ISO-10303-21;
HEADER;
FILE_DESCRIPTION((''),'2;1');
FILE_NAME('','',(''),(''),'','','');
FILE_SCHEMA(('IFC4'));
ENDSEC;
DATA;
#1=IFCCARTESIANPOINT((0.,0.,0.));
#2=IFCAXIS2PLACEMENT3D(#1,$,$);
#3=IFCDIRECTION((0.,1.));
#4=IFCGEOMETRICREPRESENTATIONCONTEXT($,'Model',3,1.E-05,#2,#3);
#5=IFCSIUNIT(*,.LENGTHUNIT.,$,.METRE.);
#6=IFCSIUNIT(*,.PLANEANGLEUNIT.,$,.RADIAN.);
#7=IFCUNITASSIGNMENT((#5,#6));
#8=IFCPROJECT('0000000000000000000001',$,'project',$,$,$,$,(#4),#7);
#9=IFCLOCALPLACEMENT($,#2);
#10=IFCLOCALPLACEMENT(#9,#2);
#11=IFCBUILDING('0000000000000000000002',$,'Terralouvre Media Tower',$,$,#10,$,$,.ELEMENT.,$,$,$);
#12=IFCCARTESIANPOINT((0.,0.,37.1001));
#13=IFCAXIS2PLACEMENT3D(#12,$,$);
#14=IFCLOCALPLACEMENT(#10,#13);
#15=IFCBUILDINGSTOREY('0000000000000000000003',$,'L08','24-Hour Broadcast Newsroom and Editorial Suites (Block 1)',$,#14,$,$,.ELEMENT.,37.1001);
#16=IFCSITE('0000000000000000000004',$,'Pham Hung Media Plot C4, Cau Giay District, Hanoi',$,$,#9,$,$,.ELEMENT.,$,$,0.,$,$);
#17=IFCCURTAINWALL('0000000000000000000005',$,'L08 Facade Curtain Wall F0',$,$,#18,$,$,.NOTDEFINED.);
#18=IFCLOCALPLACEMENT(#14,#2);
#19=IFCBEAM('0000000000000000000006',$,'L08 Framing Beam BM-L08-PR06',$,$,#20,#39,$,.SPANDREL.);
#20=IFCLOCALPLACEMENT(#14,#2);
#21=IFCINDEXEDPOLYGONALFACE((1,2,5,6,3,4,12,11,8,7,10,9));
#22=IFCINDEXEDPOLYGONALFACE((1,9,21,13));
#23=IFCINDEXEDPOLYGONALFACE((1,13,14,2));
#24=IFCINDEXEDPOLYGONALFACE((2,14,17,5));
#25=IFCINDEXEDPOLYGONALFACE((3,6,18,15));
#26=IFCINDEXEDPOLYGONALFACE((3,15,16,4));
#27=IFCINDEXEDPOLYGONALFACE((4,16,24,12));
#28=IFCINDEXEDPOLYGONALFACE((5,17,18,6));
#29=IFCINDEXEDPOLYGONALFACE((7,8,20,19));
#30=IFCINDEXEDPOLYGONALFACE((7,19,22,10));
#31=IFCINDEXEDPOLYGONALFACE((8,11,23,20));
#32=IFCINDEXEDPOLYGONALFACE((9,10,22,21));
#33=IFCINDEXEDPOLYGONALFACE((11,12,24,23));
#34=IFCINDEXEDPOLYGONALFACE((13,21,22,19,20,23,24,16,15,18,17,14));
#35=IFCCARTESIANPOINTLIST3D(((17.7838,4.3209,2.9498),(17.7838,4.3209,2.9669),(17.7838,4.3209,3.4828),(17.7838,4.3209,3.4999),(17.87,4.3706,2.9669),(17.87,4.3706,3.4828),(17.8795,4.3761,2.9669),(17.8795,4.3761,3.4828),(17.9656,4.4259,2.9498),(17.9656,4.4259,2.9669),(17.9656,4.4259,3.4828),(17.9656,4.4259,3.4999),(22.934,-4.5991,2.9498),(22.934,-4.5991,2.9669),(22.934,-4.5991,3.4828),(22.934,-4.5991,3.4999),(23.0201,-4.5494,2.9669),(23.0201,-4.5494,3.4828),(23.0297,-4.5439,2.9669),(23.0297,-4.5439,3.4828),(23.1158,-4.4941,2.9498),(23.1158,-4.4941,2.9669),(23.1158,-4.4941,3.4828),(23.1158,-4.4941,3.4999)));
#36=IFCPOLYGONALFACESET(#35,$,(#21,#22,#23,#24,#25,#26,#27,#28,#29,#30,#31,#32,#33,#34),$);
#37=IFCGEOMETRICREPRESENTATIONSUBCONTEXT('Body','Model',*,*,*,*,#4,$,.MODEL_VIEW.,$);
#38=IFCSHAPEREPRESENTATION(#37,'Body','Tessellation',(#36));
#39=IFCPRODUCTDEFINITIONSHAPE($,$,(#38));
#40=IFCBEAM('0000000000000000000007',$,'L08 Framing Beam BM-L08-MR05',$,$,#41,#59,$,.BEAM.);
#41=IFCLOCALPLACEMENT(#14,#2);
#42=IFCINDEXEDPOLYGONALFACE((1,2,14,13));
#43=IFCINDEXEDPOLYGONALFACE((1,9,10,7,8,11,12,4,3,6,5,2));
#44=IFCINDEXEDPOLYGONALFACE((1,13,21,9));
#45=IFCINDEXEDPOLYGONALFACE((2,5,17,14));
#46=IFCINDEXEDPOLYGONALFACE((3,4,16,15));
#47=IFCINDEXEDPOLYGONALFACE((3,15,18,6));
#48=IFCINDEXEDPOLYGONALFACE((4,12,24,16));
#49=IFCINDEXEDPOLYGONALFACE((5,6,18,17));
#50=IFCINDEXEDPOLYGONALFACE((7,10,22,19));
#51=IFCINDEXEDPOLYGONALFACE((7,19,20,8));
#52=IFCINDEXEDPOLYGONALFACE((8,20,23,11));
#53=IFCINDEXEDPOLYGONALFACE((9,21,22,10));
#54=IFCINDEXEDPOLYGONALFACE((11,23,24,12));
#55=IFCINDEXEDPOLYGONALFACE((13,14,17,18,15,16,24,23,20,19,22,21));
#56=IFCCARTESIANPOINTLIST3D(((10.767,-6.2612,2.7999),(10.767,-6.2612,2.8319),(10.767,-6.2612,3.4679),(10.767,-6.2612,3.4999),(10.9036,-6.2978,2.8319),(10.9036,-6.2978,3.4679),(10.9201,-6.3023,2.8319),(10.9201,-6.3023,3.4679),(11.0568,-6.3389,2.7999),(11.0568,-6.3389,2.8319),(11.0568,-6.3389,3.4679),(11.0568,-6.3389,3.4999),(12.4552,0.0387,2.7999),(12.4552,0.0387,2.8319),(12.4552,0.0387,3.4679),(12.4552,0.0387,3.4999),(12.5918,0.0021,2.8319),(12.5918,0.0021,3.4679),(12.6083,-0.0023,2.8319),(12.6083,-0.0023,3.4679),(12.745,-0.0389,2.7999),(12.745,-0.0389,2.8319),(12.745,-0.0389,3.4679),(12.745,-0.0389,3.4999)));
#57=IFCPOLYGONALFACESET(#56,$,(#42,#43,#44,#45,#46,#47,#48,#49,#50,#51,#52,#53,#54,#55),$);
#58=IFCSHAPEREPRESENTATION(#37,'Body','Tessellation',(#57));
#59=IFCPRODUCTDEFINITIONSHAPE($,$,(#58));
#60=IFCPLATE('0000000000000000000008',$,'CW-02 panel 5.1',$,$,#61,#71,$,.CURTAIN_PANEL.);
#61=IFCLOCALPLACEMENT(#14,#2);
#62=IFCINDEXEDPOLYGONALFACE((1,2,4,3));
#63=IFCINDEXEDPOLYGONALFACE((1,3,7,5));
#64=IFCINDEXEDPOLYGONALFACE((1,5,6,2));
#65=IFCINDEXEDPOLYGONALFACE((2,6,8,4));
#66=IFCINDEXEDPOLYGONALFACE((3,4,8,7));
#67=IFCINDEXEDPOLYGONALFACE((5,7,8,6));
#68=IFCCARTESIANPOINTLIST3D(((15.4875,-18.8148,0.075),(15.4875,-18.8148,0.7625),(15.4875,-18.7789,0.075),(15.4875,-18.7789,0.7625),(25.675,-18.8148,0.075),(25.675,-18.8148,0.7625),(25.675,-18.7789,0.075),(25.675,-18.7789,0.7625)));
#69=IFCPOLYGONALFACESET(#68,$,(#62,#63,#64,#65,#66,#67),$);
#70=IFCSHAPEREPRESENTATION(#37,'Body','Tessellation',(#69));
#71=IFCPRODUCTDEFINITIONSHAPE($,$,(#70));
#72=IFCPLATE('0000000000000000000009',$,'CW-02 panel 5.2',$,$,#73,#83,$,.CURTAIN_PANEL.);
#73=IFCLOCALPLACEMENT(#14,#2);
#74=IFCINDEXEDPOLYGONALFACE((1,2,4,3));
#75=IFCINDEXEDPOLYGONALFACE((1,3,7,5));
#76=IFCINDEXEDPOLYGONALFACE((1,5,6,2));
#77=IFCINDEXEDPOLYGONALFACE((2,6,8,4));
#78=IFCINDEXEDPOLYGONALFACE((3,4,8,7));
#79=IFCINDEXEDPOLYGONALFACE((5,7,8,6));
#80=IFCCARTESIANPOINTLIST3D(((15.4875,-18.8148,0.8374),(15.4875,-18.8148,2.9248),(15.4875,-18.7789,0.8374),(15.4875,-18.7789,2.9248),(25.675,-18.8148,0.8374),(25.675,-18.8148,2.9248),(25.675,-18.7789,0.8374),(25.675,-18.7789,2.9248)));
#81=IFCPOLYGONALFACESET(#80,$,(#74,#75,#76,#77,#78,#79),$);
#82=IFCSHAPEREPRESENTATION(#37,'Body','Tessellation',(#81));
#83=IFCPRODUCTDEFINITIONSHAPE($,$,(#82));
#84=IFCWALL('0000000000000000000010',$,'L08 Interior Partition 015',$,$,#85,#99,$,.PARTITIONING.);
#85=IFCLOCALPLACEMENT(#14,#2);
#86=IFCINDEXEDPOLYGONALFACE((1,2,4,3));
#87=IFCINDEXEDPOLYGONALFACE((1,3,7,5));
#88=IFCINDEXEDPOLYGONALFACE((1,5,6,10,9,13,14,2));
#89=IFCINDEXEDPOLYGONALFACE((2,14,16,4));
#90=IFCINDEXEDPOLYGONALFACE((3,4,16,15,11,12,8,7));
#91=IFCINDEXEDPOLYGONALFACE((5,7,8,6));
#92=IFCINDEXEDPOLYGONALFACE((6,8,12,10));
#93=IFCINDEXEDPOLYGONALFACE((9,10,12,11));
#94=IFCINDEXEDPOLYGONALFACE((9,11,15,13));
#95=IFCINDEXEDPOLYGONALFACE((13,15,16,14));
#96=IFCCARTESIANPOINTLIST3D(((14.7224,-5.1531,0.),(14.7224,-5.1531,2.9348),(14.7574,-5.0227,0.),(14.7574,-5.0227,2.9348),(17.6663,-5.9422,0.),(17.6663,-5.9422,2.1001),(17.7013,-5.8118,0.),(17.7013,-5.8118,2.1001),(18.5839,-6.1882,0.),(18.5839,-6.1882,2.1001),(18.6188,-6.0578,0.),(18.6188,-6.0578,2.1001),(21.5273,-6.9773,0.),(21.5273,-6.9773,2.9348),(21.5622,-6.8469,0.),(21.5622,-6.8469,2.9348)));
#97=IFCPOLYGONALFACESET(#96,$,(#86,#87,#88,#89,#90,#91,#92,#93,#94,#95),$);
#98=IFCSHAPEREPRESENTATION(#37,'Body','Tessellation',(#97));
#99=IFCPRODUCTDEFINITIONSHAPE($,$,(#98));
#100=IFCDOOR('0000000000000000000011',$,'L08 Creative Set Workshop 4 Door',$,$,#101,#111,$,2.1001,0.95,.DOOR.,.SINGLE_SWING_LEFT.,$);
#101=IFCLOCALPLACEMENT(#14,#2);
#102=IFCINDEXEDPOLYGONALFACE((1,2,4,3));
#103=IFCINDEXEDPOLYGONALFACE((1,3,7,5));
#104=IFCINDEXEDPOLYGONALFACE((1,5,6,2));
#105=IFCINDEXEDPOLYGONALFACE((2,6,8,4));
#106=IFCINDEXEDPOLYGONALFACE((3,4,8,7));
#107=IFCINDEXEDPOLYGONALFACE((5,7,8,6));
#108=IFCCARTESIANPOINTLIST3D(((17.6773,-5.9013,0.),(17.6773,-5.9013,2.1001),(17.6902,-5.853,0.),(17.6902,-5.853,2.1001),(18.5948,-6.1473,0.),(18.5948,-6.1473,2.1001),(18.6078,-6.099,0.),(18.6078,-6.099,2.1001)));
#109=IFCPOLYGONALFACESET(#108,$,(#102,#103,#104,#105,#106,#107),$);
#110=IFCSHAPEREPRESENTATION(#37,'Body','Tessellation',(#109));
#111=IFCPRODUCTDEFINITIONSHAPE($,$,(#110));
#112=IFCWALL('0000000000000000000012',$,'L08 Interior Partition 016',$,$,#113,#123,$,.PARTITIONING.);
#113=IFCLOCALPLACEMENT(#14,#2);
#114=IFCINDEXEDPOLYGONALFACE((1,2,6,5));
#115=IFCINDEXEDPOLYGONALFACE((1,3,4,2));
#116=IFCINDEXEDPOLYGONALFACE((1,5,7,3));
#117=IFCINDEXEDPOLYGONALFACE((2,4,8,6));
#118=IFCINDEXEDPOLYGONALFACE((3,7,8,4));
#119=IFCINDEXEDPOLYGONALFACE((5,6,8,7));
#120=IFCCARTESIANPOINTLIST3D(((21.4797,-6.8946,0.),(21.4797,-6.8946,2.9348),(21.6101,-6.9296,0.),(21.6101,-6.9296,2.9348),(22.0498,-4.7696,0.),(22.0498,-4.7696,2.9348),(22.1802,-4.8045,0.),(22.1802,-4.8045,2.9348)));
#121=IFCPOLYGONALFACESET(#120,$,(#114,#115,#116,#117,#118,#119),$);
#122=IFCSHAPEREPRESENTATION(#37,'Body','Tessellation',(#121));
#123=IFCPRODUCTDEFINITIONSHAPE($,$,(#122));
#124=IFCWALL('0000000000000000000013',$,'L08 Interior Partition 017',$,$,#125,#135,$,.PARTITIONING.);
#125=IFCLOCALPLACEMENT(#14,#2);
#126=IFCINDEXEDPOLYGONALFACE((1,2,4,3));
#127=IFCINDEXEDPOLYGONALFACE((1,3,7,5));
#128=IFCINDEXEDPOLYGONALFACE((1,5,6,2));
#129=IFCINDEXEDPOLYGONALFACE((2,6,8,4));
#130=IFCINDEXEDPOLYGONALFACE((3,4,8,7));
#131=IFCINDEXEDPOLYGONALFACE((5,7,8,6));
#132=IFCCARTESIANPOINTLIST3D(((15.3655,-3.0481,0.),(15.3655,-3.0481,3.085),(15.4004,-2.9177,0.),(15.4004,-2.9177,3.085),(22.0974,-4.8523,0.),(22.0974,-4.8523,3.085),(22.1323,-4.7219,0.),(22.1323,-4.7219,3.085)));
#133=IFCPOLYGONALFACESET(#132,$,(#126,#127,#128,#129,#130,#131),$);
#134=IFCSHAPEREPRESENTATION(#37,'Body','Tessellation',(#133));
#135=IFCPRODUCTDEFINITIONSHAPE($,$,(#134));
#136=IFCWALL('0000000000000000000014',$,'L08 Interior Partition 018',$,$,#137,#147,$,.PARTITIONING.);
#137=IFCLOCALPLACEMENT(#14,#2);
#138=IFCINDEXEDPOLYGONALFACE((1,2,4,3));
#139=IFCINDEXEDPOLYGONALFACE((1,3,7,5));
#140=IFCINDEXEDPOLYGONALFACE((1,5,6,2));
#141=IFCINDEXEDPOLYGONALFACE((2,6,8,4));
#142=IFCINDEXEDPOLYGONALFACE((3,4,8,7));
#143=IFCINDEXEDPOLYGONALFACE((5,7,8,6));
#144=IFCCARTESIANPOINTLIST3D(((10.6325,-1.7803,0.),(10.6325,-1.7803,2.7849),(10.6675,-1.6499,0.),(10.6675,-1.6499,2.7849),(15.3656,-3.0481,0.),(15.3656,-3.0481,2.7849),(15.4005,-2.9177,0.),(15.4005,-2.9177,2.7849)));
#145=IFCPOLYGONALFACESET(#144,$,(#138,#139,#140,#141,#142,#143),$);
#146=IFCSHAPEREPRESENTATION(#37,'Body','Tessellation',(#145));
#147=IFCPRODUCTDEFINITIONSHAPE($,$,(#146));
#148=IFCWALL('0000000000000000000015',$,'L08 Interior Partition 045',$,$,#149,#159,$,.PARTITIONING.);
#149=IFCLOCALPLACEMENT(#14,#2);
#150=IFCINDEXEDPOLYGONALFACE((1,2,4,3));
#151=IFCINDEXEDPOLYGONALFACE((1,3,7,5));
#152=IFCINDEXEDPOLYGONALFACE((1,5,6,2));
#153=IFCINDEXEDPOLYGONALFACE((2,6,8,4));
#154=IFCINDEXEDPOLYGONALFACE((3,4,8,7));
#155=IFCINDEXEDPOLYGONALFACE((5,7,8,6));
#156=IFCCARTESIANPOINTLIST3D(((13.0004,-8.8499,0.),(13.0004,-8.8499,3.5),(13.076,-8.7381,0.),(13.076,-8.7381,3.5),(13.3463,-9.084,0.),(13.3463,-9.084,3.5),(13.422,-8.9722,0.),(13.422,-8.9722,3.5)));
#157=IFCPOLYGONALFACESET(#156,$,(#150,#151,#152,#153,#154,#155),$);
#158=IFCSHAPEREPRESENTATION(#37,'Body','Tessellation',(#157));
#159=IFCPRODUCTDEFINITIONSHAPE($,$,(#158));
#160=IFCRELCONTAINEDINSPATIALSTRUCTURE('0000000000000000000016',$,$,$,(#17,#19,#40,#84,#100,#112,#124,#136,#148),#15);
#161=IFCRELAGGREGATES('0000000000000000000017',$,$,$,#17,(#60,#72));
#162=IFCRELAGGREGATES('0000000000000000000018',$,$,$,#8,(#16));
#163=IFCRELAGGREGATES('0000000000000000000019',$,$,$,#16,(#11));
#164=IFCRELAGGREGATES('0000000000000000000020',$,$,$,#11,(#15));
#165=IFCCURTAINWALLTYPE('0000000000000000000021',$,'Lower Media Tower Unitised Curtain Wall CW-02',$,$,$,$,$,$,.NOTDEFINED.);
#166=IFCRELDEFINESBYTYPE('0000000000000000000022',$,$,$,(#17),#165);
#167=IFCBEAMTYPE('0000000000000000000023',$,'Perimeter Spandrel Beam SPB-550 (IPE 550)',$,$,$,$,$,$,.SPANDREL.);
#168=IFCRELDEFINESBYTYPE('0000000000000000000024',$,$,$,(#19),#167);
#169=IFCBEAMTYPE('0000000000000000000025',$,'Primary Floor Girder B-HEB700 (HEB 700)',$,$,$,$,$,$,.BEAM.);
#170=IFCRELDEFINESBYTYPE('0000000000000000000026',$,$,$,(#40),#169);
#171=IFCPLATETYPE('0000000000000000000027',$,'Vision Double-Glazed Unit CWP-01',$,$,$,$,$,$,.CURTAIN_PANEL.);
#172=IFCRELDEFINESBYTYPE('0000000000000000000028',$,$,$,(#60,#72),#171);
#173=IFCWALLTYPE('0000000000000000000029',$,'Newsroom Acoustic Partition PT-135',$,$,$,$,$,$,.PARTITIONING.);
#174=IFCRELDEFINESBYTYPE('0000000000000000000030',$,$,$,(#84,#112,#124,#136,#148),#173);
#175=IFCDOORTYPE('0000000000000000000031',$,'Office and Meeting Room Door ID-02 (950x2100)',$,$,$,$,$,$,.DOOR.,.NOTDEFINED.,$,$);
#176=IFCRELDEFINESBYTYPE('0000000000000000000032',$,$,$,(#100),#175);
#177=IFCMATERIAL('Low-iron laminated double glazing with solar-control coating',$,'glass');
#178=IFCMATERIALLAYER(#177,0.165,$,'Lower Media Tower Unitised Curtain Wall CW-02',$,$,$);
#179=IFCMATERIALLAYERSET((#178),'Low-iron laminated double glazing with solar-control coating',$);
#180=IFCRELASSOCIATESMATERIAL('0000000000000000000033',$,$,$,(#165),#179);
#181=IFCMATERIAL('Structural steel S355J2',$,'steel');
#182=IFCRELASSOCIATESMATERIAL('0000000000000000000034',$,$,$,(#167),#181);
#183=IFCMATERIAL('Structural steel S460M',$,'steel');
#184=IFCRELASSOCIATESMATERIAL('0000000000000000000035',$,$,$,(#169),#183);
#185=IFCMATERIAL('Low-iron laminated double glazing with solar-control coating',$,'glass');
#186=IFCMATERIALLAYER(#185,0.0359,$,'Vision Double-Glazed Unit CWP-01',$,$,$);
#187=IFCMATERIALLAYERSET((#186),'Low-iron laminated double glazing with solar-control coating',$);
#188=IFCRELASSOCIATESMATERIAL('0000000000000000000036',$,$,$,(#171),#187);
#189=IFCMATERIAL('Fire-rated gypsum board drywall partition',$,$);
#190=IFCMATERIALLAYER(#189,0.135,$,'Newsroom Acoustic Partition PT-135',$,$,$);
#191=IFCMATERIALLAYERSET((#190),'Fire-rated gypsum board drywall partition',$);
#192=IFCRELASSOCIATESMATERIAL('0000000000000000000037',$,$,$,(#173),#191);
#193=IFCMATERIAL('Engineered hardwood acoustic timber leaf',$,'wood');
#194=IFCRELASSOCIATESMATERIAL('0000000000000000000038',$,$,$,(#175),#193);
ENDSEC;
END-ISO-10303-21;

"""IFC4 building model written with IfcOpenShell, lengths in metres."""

from ifc_helpers import new_model, si_unit, direction, frame, frame_2d, origin, origin_2d, place, context, subcontext, project, spatial, rectangle, i_section, extrude, material, layer, layer_set, material_profile, profile_set, type_object, element, fill, aggregate, save


model = new_model("IFC4")

# Units and contexts
model_context = context("Model", 3, precision=1e-05, world=origin(), true_north=direction((0.0, 1.0)))
body_context = subcontext(model_context, "Body", "Model", "MODEL_VIEW")
ifc_project = project(units=[si_unit("LENGTHUNIT", "METRE"), si_unit("PLANEANGLEUNIT", "RADIAN")], contexts=[model_context])

# Site, building, storey
site_placement = place(None, origin())
site = spatial("IfcSite", under=ifc_project, at=site_placement, Name="Pham Hung Media Plot C4, Cau Giay District, Hanoi", CompositionType="ELEMENT", RefElevation=0.0)
building_placement = place(site_placement, origin())
building = spatial("IfcBuilding", under=site, at=building_placement, Name="Terralouvre Media Tower", CompositionType="ELEMENT")
storey_placement = place(building_placement, frame((0.0, 0.0, 37.1001)))
storey = spatial("IfcBuildingStorey", under=building, at=storey_placement, Name="L08", Description="24-Hour Broadcast Newsroom and Editorial Suites (Block 1)", CompositionType="ELEMENT", Elevation=37.1001)

# Curtain wall
ifc_material_1 = material(Name="Low-iron laminated double glazing with solar-control coating", Category="glass")
ifc_layer_1 = layer(ifc_material_1, 0.165, Name="Lower Media Tower Unitised Curtain Wall CW-02")
ifc_layer_set_1 = layer_set([ifc_layer_1], Name="Low-iron laminated double glazing with solar-control coating")
curtain_wall_type = type_object("IfcCurtainWallType", Name="Lower Media Tower Unitised Curtain Wall CW-02", PredefinedType="NOTDEFINED", material=ifc_layer_set_1)
curtain_wall_1_placement = place(storey_placement, origin())
curtain_wall_1 = element("IfcCurtainWall", 1, at=curtain_wall_1_placement, inside=storey, type_object=curtain_wall_type, Name="L08 Facade Curtain Wall F0", PredefinedType="NOTDEFINED")

# Beams
ifc_material_2 = material(Name="Structural steel S355J2", Category="steel")
ifc_material_profile_1 = material_profile(ifc_material_2, i_section(OverallWidth=0.21, OverallDepth=0.55, WebThickness=0.011, FlangeThickness=0.0171, at=origin_2d()), Name="IPE 550")
ifc_profile_set_1 = profile_set([ifc_material_profile_1], Name="Structural steel S355J2")
beam_type_1 = type_object("IfcBeamType", Name="Perimeter Spandrel Beam SPB-550 (IPE 550)", PredefinedType="SPANDREL", material=ifc_profile_set_1)
beam_1_placement = place(storey_placement, frame((23.0249, -4.5466, 3.2249), z_axis=(-0.500017, 0.866016, 0.0), x_axis=(-0.866016, -0.500017, 0.0)))
element("IfcBeam", 2, at=beam_1_placement, inside=storey, type_object=beam_type_1, Name="L08 Framing Beam BM-L08-PR06", PredefinedType="SPANDREL", context=body_context, shape_type="SweptSolid", body=[
    extrude(i_section(OverallWidth=0.21, OverallDepth=0.55, WebThickness=0.011, FlangeThickness=0.0171, at=origin_2d()), origin(), (0.0, 0.0, 1.0), 10.3),
])
ifc_material_3 = material(Name="Structural steel S460M", Category="steel")
ifc_material_profile_2 = material_profile(ifc_material_3, i_section(OverallWidth=0.3, OverallDepth=0.7, WebThickness=0.0171, FlangeThickness=0.032, at=origin_2d()), Name="HEB 700")
ifc_profile_set_2 = profile_set([ifc_material_profile_2], Name="Structural steel S460M")
beam_type_2 = type_object("IfcBeamType", Name="Primary Floor Girder B-HEB700 (HEB 700)", PredefinedType="BEAM", material=ifc_profile_set_2)
beam_2_placement = place(storey_placement, frame((10.9119, -6.3, 3.1499), z_axis=(0.258839, 0.96592, 0.0), x_axis=(-0.96592, 0.258839, 0.0)))
element("IfcBeam", 3, at=beam_2_placement, inside=storey, type_object=beam_type_2, Name="L08 Framing Beam BM-L08-MR05", PredefinedType="BEAM", context=body_context, shape_type="SweptSolid", body=[
    extrude(i_section(OverallWidth=0.3, OverallDepth=0.7, WebThickness=0.0171, FlangeThickness=0.032, at=origin_2d()), origin(), (0.0, 0.0, 1.0), 6.5222),
])

# Plates
ifc_material_4 = material(Name="Low-iron laminated double glazing with solar-control coating", Category="glass")
ifc_layer_2 = layer(ifc_material_4, 0.0359, Name="Vision Double-Glazed Unit CWP-01")
ifc_layer_set_2 = layer_set([ifc_layer_2], Name="Low-iron laminated double glazing with solar-control coating")
plate_type = type_object("IfcPlateType", Name="Vision Double-Glazed Unit CWP-01", PredefinedType="CURTAIN_PANEL", material=ifc_layer_set_2)
plate_1_placement = place(storey_placement, frame((20.5813, -18.7969, 0.075), z_axis=(0.0, 0.0, 1.0), x_axis=(1.0, 0.0, 0.0)))
plate_1 = element("IfcPlate", 4, at=plate_1_placement, type_object=plate_type, Name="CW-02 panel 5.1", PredefinedType="CURTAIN_PANEL", context=body_context, shape_type="SweptSolid", body=[
    extrude(rectangle(XDim=10.1875, YDim=0.0359, at=origin_2d()), origin(), (0.0, 0.0, 1.0), 0.6875),
])
plate_2_placement = place(storey_placement, frame((20.5813, -18.7969, 0.8374), z_axis=(0.0, 0.0, 1.0), x_axis=(1.0, 0.0, 0.0)))
plate_2 = element("IfcPlate", 5, at=plate_2_placement, type_object=plate_type, Name="CW-02 panel 5.2", PredefinedType="CURTAIN_PANEL", context=body_context, shape_type="SweptSolid", body=[
    extrude(rectangle(XDim=10.1875, YDim=0.0359, at=origin_2d()), origin(), (0.0, 0.0, 1.0), 2.0874),
])
aggregate(curtain_wall_1, [plate_1, plate_2])

# Wall, opening, door
ifc_material_5 = material(Name="Fire-rated gypsum board drywall partition")
ifc_layer_3 = layer(ifc_material_5, 0.135, Name="Newsroom Acoustic Partition PT-135")
ifc_layer_set_3 = layer_set([ifc_layer_3], Name="Fire-rated gypsum board drywall partition")
wall_type_1 = type_object("IfcWallType", Name="Newsroom Acoustic Partition PT-135", PredefinedType="PARTITIONING", material=ifc_layer_set_3)
wall_1_placement = place(storey_placement, frame((14.74, -5.0879, 0.0), z_axis=(0.0, 0.0, 1.0), x_axis=(0.965896, -0.258931, 0.0)))
wall_1 = element("IfcWall", 6, at=wall_1_placement, inside=storey, type_object=wall_type_1, Name="L08 Interior Partition 015", PredefinedType="PARTITIONING", context=body_context, shape_type="SweptSolid", body=[
    extrude(rectangle(XDim=7.0452, YDim=0.135, at=frame_2d((3.5225, 0.0))), origin(), (0.0, 0.0, 1.0), 2.9348),
])
opening_1_placement = place(wall_1_placement, frame((3.0476, 0.0, 0.0)))
opening_1 = element("IfcOpeningElement", 7, at=opening_1_placement, cuts=wall_1, PredefinedType="OPENING", context=body_context, shape_type="SweptSolid", body=[
    extrude(rectangle(XDim=0.95, YDim=2.1001, at=frame_2d((0.4751, 1.05))), frame((0.0, 0.0774, 0.0), z_axis=(0.0, -1.0, 0.0), x_axis=(1.0, 0.0, 0.0)), (0.0, 0.0, 1.0), 0.155),
])
ifc_material_6 = material(Name="Engineered hardwood acoustic timber leaf", Category="wood")
door_type_1 = type_object("IfcDoorType", Name="Office and Meeting Room Door ID-02 (950x2100)", OperationType="NOTDEFINED", PredefinedType="DOOR", material=ifc_material_6)
door_1_placement = place(opening_1_placement, origin())
door_1 = element("IfcDoor", 8, at=door_1_placement, inside=storey, type_object=door_type_1, Name="L08 Creative Set Workshop 4 Door", OperationType="SINGLE_SWING_LEFT", OverallHeight=2.1001, OverallWidth=0.95, PredefinedType="DOOR", context=body_context, shape_type="SweptSolid", body=[
    extrude(rectangle(XDim=0.95, YDim=2.1001, at=frame_2d((0.4751, 1.05))), frame((0.0, 0.0249, 0.0), z_axis=(0.0, -1.0, 0.0), x_axis=(1.0, 0.0, 0.0)), (0.0, 0.0, 1.0), 0.05),
])
fill(opening_1, door_1)

# Walls
wall_2_placement = place(storey_placement, frame((21.5449, -6.9121, 0.0), z_axis=(0.0, 0.0, 1.0), x_axis=(0.259106, 0.965849, 0.0)))
element("IfcWall", 9, at=wall_2_placement, inside=storey, type_object=wall_type_1, Name="L08 Interior Partition 016", PredefinedType="PARTITIONING", context=body_context, shape_type="SweptSolid", body=[
    extrude(rectangle(XDim=2.2002, YDim=0.135, at=frame_2d((1.1001, 0.0))), origin(), (0.0, 0.0, 1.0), 2.9348),
])
wall_3_placement = place(storey_placement, frame((22.115, -4.7871, 0.0), z_axis=(0.0, 0.0, 1.0), x_axis=(-0.965912, 0.25887, 0.0)))
element("IfcWall", 10, at=wall_3_placement, inside=storey, type_object=wall_type_1, Name="L08 Interior Partition 017", PredefinedType="PARTITIONING", context=body_context, shape_type="SweptSolid", body=[
    extrude(rectangle(XDim=6.9695, YDim=0.135, at=frame_2d((3.4849, 0.0))), origin(), (0.0, 0.0, 1.0), 3.085),
])
wall_4_placement = place(storey_placement, frame((15.3831, -2.9829, 0.0), z_axis=(0.0, 0.0, 1.0), x_axis=(-0.965947, 0.258739, 0.0)))
element("IfcWall", 11, at=wall_4_placement, inside=storey, type_object=wall_type_1, Name="L08 Interior Partition 018", PredefinedType="PARTITIONING", context=body_context, shape_type="SweptSolid", body=[
    extrude(rectangle(XDim=4.8999, YDim=0.135, at=frame_2d((2.45, 0.0))), origin(), (0.0, 0.0, 1.0), 2.7849),
])
wall_5_placement = place(storey_placement, frame((13.0381, -8.7939, 0.0), z_axis=(0.0, 0.0, 1.0), x_axis=(0.828164, -0.560486, 0.0)))
element("IfcWall", 12, at=wall_5_placement, inside=storey, type_object=wall_type_1, Name="L08 Interior Partition 045", PredefinedType="PARTITIONING", context=body_context, shape_type="SweptSolid", body=[
    extrude(rectangle(XDim=0.4177, YDim=0.135, at=frame_2d((0.209, 0.0))), origin(), (0.0, 0.0, 1.0), 3.5),
])

save(model, "model.ifc")
